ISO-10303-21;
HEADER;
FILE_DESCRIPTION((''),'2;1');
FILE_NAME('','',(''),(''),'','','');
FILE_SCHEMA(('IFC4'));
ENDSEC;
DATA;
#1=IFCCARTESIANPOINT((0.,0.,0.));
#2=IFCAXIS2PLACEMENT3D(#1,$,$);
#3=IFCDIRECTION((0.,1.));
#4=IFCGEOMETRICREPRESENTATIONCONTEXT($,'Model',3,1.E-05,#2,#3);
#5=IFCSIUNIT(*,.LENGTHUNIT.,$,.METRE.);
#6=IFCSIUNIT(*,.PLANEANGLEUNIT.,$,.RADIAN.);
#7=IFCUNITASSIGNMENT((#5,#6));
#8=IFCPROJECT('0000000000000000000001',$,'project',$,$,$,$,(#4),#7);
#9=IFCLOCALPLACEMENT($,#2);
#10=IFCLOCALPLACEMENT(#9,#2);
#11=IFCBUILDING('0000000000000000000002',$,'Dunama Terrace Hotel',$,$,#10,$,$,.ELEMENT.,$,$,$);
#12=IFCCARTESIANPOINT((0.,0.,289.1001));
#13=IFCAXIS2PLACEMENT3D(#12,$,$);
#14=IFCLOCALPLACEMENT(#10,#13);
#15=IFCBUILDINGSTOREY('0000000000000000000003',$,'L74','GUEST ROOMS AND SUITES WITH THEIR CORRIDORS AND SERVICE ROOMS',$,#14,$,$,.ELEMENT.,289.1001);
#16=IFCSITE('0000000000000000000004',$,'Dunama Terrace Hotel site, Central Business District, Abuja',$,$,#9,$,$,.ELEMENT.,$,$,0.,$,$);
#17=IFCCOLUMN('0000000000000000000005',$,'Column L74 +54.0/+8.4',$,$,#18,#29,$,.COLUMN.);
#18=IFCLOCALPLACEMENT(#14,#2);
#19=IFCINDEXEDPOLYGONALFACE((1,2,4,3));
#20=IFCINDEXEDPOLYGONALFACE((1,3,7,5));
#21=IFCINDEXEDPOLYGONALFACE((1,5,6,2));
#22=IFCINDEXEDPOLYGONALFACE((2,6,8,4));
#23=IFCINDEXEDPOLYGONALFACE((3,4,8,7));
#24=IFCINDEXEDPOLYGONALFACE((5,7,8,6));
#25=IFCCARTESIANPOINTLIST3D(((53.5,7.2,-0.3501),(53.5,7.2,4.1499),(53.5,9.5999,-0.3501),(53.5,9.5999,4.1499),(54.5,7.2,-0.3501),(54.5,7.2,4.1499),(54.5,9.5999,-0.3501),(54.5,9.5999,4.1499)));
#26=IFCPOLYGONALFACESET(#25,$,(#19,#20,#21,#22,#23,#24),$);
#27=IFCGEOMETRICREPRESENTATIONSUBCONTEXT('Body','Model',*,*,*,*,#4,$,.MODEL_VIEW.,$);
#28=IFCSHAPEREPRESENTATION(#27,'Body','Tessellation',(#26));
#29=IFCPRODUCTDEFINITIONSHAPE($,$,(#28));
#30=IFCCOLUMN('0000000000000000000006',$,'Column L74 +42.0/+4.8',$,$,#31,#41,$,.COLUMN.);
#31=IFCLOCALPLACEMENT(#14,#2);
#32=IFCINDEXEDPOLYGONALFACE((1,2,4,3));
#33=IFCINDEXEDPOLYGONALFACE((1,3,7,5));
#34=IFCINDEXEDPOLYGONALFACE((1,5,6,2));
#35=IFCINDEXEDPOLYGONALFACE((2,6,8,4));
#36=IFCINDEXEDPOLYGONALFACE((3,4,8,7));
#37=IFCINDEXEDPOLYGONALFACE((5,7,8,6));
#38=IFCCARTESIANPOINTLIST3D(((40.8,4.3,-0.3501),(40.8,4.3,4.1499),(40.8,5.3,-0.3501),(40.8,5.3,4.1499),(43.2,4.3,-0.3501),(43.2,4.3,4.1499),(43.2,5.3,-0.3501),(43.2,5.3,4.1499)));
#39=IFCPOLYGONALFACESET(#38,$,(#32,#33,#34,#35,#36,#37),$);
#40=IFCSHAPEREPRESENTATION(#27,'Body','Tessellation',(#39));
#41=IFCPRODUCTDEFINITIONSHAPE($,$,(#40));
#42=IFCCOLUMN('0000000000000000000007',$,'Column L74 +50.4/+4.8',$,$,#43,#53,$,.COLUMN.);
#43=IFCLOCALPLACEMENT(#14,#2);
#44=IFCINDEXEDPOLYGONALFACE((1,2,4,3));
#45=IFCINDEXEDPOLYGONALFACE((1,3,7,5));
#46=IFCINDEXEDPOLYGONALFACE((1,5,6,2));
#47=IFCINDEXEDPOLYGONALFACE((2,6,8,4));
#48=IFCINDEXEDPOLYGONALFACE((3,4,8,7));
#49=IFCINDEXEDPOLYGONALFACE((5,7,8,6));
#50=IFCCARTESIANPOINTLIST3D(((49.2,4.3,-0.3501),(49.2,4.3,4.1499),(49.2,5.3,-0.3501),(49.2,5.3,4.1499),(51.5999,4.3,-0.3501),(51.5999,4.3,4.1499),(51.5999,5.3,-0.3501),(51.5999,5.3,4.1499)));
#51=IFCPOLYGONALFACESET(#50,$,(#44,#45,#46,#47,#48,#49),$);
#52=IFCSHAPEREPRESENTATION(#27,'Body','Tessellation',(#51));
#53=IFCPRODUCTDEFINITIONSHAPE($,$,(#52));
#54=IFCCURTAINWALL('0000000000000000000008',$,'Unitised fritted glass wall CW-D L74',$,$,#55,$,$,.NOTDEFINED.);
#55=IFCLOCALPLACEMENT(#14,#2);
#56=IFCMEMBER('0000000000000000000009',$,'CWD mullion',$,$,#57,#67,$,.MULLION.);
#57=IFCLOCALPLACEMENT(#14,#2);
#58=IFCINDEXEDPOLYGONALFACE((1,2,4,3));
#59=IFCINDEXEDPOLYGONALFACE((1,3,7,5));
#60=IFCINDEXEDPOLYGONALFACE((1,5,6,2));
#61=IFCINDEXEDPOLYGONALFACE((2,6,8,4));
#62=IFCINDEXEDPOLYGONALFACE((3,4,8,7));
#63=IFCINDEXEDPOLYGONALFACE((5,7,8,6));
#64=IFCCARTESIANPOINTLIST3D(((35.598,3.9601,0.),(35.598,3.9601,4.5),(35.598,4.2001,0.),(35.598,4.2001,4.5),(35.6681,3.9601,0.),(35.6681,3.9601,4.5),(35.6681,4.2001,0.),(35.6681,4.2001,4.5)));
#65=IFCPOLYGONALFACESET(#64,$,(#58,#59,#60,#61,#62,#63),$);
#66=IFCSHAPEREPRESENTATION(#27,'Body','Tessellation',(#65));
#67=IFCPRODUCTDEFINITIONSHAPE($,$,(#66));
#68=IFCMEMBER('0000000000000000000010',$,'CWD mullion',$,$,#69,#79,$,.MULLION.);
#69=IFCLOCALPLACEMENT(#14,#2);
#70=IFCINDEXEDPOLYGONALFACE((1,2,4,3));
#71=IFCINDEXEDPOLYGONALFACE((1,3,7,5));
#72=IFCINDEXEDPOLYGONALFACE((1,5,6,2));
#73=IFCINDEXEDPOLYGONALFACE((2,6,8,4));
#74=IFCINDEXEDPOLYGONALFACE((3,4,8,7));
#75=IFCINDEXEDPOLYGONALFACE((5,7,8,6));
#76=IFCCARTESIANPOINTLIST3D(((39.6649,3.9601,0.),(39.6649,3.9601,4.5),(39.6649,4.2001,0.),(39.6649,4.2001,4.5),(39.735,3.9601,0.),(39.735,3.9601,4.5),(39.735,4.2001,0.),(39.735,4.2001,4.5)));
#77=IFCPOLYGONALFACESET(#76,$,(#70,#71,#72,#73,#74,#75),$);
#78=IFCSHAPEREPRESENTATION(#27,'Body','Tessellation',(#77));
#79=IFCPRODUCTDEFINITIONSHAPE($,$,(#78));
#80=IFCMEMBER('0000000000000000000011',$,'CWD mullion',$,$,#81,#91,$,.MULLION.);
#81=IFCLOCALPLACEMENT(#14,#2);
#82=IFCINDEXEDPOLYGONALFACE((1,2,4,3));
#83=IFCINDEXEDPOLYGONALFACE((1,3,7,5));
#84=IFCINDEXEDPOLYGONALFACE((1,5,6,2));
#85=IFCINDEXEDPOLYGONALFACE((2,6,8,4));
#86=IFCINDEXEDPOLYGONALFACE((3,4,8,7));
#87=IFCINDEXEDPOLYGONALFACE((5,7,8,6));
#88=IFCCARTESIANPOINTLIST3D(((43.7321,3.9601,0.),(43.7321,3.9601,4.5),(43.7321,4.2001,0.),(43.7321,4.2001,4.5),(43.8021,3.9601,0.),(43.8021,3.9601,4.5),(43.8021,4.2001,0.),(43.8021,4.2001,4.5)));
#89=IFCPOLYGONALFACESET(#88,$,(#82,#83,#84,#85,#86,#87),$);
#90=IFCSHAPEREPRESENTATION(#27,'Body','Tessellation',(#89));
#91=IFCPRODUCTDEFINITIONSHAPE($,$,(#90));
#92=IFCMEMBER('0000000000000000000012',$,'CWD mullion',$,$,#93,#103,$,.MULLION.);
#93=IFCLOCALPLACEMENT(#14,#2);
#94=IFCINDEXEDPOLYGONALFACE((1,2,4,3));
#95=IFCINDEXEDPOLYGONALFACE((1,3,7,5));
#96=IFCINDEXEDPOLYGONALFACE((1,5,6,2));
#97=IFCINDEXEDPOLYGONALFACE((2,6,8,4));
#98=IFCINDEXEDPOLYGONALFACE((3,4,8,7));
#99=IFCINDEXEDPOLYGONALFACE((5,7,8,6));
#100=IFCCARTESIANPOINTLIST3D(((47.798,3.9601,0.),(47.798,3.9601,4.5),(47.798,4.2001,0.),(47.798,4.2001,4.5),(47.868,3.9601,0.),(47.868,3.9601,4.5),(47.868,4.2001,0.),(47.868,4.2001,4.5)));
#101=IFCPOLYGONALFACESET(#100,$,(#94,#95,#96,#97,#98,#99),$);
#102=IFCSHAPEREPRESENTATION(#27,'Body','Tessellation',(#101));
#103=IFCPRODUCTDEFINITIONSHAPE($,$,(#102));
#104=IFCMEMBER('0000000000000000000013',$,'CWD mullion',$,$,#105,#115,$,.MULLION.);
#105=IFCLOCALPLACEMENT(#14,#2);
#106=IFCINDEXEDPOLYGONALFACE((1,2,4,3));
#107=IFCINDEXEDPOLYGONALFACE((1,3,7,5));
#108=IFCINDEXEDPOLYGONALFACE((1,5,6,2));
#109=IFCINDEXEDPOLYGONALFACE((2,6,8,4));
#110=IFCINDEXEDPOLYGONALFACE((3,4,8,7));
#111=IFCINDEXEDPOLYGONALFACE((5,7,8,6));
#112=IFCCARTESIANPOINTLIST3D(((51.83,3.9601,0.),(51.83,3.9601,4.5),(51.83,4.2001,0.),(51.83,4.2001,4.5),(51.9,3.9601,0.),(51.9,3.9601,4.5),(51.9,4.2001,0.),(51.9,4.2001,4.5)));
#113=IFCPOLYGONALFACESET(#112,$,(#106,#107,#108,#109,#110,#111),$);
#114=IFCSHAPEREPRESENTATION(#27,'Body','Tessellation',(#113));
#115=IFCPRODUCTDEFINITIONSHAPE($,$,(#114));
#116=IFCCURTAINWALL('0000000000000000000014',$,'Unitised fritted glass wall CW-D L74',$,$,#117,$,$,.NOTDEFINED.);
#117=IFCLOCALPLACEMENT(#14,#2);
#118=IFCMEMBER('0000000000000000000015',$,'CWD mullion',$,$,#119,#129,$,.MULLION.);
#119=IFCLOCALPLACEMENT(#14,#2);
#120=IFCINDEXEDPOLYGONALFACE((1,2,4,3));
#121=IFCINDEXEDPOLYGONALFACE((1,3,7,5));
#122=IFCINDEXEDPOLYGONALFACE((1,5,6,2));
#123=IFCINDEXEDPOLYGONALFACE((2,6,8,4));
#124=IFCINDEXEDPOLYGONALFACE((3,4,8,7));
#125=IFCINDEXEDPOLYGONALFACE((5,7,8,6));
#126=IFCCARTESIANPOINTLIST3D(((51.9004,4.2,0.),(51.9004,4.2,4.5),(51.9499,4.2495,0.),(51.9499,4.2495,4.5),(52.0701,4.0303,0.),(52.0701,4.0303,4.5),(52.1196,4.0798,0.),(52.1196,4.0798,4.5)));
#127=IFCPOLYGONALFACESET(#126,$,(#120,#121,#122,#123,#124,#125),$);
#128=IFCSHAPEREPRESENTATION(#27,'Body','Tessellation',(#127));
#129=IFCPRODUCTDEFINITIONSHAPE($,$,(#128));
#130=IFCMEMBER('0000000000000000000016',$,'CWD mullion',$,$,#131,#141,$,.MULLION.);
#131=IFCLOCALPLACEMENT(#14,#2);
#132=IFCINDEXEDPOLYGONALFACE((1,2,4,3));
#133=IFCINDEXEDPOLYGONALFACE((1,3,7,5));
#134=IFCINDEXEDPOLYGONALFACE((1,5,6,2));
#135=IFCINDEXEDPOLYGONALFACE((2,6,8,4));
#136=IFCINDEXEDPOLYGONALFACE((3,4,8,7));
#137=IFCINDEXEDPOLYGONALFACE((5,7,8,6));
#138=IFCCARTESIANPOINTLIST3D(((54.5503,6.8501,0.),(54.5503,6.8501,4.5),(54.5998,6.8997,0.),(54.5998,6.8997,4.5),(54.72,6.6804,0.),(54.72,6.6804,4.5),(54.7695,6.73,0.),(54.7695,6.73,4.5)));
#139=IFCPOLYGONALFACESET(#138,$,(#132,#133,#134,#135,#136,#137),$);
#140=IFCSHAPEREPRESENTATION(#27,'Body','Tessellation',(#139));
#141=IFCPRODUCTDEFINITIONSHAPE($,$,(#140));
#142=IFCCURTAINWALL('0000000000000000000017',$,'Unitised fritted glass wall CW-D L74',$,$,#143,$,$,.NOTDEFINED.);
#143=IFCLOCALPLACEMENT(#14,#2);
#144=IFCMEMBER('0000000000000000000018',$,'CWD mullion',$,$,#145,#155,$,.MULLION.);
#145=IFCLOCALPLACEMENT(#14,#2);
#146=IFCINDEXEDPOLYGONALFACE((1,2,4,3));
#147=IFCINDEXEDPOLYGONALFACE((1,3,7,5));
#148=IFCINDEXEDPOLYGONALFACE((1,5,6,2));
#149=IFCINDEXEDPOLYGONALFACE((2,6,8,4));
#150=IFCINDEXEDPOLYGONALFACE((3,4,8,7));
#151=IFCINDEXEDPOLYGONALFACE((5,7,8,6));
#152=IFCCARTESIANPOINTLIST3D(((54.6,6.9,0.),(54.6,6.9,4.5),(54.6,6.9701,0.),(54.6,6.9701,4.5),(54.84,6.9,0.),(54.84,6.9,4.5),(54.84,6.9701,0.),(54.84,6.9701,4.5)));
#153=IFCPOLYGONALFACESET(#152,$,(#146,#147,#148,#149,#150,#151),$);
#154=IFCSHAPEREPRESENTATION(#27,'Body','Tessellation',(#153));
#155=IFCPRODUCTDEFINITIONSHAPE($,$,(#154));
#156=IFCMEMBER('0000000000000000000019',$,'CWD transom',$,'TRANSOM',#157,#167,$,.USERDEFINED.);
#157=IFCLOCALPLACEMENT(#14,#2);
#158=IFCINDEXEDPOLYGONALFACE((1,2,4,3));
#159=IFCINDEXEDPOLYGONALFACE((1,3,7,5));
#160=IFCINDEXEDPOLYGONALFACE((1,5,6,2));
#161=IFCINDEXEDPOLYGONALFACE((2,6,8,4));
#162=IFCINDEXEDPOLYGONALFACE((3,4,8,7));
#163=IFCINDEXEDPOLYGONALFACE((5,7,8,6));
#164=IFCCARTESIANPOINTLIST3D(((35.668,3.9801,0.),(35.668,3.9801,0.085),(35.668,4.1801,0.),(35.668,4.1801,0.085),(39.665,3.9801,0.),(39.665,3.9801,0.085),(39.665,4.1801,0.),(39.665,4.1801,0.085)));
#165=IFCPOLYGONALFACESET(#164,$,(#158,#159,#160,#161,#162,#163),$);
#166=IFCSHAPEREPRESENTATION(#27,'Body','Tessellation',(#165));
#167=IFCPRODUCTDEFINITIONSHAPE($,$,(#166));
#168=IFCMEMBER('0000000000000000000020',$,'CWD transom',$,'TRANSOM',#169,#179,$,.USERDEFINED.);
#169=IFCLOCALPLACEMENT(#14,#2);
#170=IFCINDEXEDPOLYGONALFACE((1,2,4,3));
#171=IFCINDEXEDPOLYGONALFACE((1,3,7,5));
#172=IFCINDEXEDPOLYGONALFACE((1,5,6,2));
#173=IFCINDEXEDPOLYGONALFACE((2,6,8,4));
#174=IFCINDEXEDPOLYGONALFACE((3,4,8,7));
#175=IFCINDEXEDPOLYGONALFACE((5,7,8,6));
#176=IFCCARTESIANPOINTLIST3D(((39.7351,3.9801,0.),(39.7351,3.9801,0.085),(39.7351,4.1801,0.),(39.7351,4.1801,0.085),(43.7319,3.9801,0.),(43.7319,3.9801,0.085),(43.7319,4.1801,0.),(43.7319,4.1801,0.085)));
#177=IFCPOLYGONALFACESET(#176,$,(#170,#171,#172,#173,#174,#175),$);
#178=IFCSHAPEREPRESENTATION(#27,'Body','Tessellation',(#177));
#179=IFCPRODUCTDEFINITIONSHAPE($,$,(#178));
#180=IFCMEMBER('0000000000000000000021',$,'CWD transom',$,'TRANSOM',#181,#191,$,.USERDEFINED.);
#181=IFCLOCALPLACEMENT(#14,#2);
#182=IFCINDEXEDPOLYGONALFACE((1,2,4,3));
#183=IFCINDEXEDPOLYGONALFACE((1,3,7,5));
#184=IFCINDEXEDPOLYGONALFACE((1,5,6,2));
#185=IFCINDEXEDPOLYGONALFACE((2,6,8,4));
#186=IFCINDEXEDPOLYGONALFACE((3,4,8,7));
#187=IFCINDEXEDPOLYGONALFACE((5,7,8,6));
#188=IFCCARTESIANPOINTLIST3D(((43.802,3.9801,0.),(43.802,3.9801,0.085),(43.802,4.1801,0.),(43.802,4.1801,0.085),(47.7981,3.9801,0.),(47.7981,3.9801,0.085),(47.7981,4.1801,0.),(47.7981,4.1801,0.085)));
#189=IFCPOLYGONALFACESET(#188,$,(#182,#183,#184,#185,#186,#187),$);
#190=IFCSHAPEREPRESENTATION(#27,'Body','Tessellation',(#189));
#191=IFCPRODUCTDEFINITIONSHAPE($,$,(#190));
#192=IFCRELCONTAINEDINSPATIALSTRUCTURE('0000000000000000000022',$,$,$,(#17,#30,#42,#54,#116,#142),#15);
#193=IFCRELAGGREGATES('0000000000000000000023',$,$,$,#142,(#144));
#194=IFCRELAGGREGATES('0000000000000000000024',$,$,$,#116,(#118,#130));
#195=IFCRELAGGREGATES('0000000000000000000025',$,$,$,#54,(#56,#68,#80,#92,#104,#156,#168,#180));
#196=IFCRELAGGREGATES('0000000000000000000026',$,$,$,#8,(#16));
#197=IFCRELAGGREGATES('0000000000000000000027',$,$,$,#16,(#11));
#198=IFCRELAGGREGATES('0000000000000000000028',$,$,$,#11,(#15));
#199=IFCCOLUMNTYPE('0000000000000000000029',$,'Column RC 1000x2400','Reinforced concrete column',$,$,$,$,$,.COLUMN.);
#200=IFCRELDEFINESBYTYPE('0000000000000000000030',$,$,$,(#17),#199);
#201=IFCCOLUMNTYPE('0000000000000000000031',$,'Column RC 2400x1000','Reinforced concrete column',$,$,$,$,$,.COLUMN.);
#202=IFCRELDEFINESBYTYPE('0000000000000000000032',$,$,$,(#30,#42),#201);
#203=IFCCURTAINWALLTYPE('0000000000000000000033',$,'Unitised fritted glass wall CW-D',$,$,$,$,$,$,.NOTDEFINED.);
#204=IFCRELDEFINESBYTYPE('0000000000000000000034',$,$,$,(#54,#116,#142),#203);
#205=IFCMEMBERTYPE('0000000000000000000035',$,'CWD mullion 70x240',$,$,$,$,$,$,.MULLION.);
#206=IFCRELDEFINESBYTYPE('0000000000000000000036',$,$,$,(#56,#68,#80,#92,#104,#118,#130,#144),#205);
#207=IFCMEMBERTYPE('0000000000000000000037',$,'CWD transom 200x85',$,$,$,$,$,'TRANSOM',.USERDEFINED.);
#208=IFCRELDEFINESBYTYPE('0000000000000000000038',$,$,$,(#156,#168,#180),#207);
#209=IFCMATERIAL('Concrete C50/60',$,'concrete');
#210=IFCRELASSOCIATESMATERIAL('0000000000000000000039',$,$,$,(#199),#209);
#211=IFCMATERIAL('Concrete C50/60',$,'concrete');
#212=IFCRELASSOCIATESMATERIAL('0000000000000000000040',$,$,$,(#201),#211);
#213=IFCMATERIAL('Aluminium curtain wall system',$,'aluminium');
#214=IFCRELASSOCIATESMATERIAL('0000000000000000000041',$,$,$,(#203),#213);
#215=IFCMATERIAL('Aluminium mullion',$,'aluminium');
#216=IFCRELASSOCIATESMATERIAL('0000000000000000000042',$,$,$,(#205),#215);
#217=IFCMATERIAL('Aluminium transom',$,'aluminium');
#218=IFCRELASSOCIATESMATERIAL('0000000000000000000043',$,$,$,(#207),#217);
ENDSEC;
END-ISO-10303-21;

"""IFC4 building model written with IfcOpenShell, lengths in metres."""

from ifc_helpers import new_model, si_unit, direction, frame, origin, origin_2d, place, context, subcontext, project, spatial, rectangle, extrude, material, material_profile, profile_set, type_object, element, aggregate, save


model = new_model("IFC4")

# Units and contexts
model_context = context("Model", 3, precision=1e-05, world=origin(), true_north=direction((0.0, 1.0)))
body_context = subcontext(model_context, "Body", "Model", "MODEL_VIEW")
ifc_project = project(units=[si_unit("LENGTHUNIT", "METRE"), si_unit("PLANEANGLEUNIT", "RADIAN")], contexts=[model_context])

# Site, building, storey
site_placement = place(None, origin())
site = spatial("IfcSite", under=ifc_project, at=site_placement, Name="Dunama Terrace Hotel site, Central Business District, Abuja", CompositionType="ELEMENT", RefElevation=0.0)
building_placement = place(site_placement, origin())
building = spatial("IfcBuilding", under=site, at=building_placement, Name="Dunama Terrace Hotel", CompositionType="ELEMENT")
storey_placement = place(building_placement, frame((0.0, 0.0, 289.1001)))
storey = spatial("IfcBuildingStorey", under=building, at=storey_placement, Name="L74", Description="GUEST ROOMS AND SUITES WITH THEIR CORRIDORS AND SERVICE ROOMS", CompositionType="ELEMENT", Elevation=289.1001)

# Columns
ifc_material_1 = material(Name="Concrete C50/60", Category="concrete")
ifc_material_profile_1 = material_profile(ifc_material_1, rectangle(XDim=1.0, YDim=2.3999, at=origin_2d()), Name="RC 1000x2400")
ifc_profile_set_1 = profile_set([ifc_material_profile_1], Name="Concrete C50/60")
column_type_1 = type_object("IfcColumnType", Name="Column RC 1000x2400", Description="Reinforced concrete column", PredefinedType="COLUMN", material=ifc_profile_set_1)
column_placement = place(storey_placement, frame((54.0, 8.3999, -0.3501), z_axis=(0.0, 0.0, 1.0), x_axis=(1.0, 0.0, 0.0)))
element("IfcColumn", 1, at=column_placement, inside=storey, type_object=column_type_1, Name="Column L74 +54.0/+8.4", PredefinedType="COLUMN", context=body_context, shape_type="SweptSolid", body=[
    extrude(rectangle(XDim=1.0, YDim=2.3999, at=origin_2d()), origin(), (0.0, 0.0, 1.0), 4.5),
])
ifc_material_2 = material(Name="Concrete C50/60", Category="concrete")
ifc_material_profile_2 = material_profile(ifc_material_2, rectangle(XDim=2.3999, YDim=1.0, at=origin_2d()), Name="RC 2400x1000")
ifc_profile_set_2 = profile_set([ifc_material_profile_2], Name="Concrete C50/60")
column_type_2 = type_object("IfcColumnType", Name="Column RC 2400x1000", Description="Reinforced concrete column", PredefinedType="COLUMN", material=ifc_profile_set_2)
for number, where, z_axis, x_axis, name in (
    (2, (42.0, 4.8, -0.3501), (0.0, 0.0, 1.0), (1.0, 0.0, 0.0), "Column L74 +42.0/+4.8"),
    (3, (50.3999, 4.8, -0.3501), (0.0, 0.0, 1.0), (1.0, 0.0, 0.0), "Column L74 +50.4/+4.8"),
):
    element("IfcColumn", number, at=place(storey_placement, frame(where, z_axis=z_axis, x_axis=x_axis)), inside=storey, type_object=column_type_2, Name=name, PredefinedType="COLUMN", context=body_context, shape_type="SweptSolid", body=[
        extrude(rectangle(XDim=2.3999, YDim=1.0, at=origin_2d()), origin(), (0.0, 0.0, 1.0), 4.5),
    ])

# Curtain walls, members
ifc_material_3 = material(Name="Aluminium curtain wall system", Category="aluminium")
curtain_wall_type = type_object("IfcCurtainWallType", Name="Unitised fritted glass wall CW-D", PredefinedType="NOTDEFINED", material=ifc_material_3)
curtain_wall_1_placement = place(storey_placement, origin())
curtain_wall_1 = element("IfcCurtainWall", 4, at=curtain_wall_1_placement, inside=storey, type_object=curtain_wall_type, Name="Unitised fritted glass wall CW-D L74", PredefinedType="NOTDEFINED")
ifc_material_4 = material(Name="Aluminium mullion", Category="aluminium")
ifc_material_profile_3 = material_profile(ifc_material_4, rectangle(XDim=0.0701, YDim=0.24, at=origin_2d()), Name="CWD MULLION 70X240")
ifc_profile_set_3 = profile_set([ifc_material_profile_3], Name="Aluminium mullion")
member_type_1 = type_object("IfcMemberType", Name="CWD mullion 70x240", PredefinedType="MULLION", material=ifc_profile_set_3)
member_1_placement = place(storey_placement, frame((35.6331, 4.0801, 0.0), z_axis=(0.0, 0.0, 1.0), x_axis=(1.0, 0.0, 0.0)))
member_1 = element("IfcMember", 5, at=member_1_placement, type_object=member_type_1, Name="CWD mullion", PredefinedType="MULLION", context=body_context, shape_type="SweptSolid", body=[
    extrude(rectangle(XDim=0.0701, YDim=0.24, at=origin_2d()), origin(), (0.0, 0.0, 1.0), 4.5),
])
member_2_placement = place(storey_placement, frame((39.7, 4.0801, 0.0), z_axis=(0.0, 0.0, 1.0), x_axis=(1.0, 0.0, 0.0)))
member_2 = element("IfcMember", 6, at=member_2_placement, type_object=member_type_1, Name="CWD mullion", PredefinedType="MULLION", context=body_context, shape_type="SweptSolid", body=[
    extrude(rectangle(XDim=0.0701, YDim=0.24, at=origin_2d()), origin(), (0.0, 0.0, 1.0), 4.5),
])
member_3_placement = place(storey_placement, frame((43.7671, 4.0801, 0.0), z_axis=(0.0, 0.0, 1.0), x_axis=(1.0, 0.0, 0.0)))
member_3 = element("IfcMember", 7, at=member_3_placement, type_object=member_type_1, Name="CWD mullion", PredefinedType="MULLION", context=body_context, shape_type="SweptSolid", body=[
    extrude(rectangle(XDim=0.0701, YDim=0.24, at=origin_2d()), origin(), (0.0, 0.0, 1.0), 4.5),
])
member_4_placement = place(storey_placement, frame((47.833, 4.0801, 0.0), z_axis=(0.0, 0.0, 1.0), x_axis=(1.0, 0.0, 0.0)))
member_4 = element("IfcMember", 8, at=member_4_placement, type_object=member_type_1, Name="CWD mullion", PredefinedType="MULLION", context=body_context, shape_type="SweptSolid", body=[
    extrude(rectangle(XDim=0.0701, YDim=0.24, at=origin_2d()), origin(), (0.0, 0.0, 1.0), 4.5),
])
member_5_placement = place(storey_placement, frame((51.865, 4.0801, 0.0), z_axis=(0.0, 0.0, 1.0), x_axis=(1.0, 0.0, 0.0)))
member_5 = element("IfcMember", 9, at=member_5_placement, type_object=member_type_1, Name="CWD mullion", PredefinedType="MULLION", context=body_context, shape_type="SweptSolid", body=[
    extrude(rectangle(XDim=0.0701, YDim=0.24, at=origin_2d()), origin(), (0.0, 0.0, 1.0), 4.5),
])
curtain_wall_2_placement = place(storey_placement, origin())
curtain_wall_2 = element("IfcCurtainWall", 10, at=curtain_wall_2_placement, inside=storey, type_object=curtain_wall_type, Name="Unitised fritted glass wall CW-D L74", PredefinedType="NOTDEFINED")
member_6_placement = place(storey_placement, frame((52.01, 4.1399, 0.0), z_axis=(0.0, 0.0, 1.0), x_axis=(0.707107, 0.707107, 0.0)))
member_6 = element("IfcMember", 11, at=member_6_placement, type_object=member_type_1, Name="CWD mullion", PredefinedType="MULLION", context=body_context, shape_type="SweptSolid", body=[
    extrude(rectangle(XDim=0.0701, YDim=0.24, at=origin_2d()), origin(), (0.0, 0.0, 1.0), 4.5),
])
member_7_placement = place(storey_placement, frame((54.6599, 6.79, 0.0), z_axis=(0.0, 0.0, 1.0), x_axis=(0.707107, 0.707107, 0.0)))
member_7 = element("IfcMember", 12, at=member_7_placement, type_object=member_type_1, Name="CWD mullion", PredefinedType="MULLION", context=body_context, shape_type="SweptSolid", body=[
    extrude(rectangle(XDim=0.0701, YDim=0.24, at=origin_2d()), origin(), (0.0, 0.0, 1.0), 4.5),
])

# Curtain wall, member
curtain_wall_3_placement = place(storey_placement, origin())
curtain_wall_3 = element("IfcCurtainWall", 13, at=curtain_wall_3_placement, inside=storey, type_object=curtain_wall_type, Name="Unitised fritted glass wall CW-D L74", PredefinedType="NOTDEFINED")
member_8_placement = place(storey_placement, frame((54.72, 6.9351, 0.0), z_axis=(0.0, 0.0, 1.0), x_axis=(0.0, 1.0, 0.0)))
member_8 = element("IfcMember", 14, at=member_8_placement, type_object=member_type_1, Name="CWD mullion", PredefinedType="MULLION", context=body_context, shape_type="SweptSolid", body=[
    extrude(rectangle(XDim=0.0701, YDim=0.24, at=origin_2d()), origin(), (0.0, 0.0, 1.0), 4.5),
])

# Members
ifc_material_5 = material(Name="Aluminium transom", Category="aluminium")
ifc_material_profile_4 = material_profile(ifc_material_5, rectangle(XDim=0.2, YDim=0.085, at=origin_2d()), Name="CWD TRANSOM 200X85")
ifc_profile_set_4 = profile_set([ifc_material_profile_4], Name="Aluminium transom")
member_type_2 = type_object("IfcMemberType", Name="CWD transom 200x85", ElementType="TRANSOM", PredefinedType="USERDEFINED", material=ifc_profile_set_4)
member_9_placement = place(storey_placement, frame((35.668, 4.0801, 0.0425), z_axis=(1.0, 0.0, 0.0), x_axis=(0.0, 1.0, 0.0)))
member_9 = element("IfcMember", 15, at=member_9_placement, type_object=member_type_2, Name="CWD transom", ObjectType="TRANSOM", PredefinedType="USERDEFINED", context=body_context, shape_type="SweptSolid", body=[
    extrude(rectangle(XDim=0.2, YDim=0.085, at=origin_2d()), origin(), (0.0, 0.0, 1.0), 3.9971),
])
member_10_placement = place(storey_placement, frame((39.7351, 4.0801, 0.0425), z_axis=(1.0, 0.0, 0.0), x_axis=(0.0, 1.0, 0.0)))
member_10 = element("IfcMember", 16, at=member_10_placement, type_object=member_type_2, Name="CWD transom", ObjectType="TRANSOM", PredefinedType="USERDEFINED", context=body_context, shape_type="SweptSolid", body=[
    extrude(rectangle(XDim=0.2, YDim=0.085, at=origin_2d()), origin(), (0.0, 0.0, 1.0), 3.9968),
])
member_11_placement = place(storey_placement, frame((43.802, 4.0801, 0.0425), z_axis=(1.0, 0.0, 0.0), x_axis=(0.0, 1.0, 0.0)))
member_11 = element("IfcMember", 17, at=member_11_placement, type_object=member_type_2, Name="CWD transom", ObjectType="TRANSOM", PredefinedType="USERDEFINED", context=body_context, shape_type="SweptSolid", body=[
    extrude(rectangle(XDim=0.2, YDim=0.085, at=origin_2d()), origin(), (0.0, 0.0, 1.0), 3.9961),
])
aggregate(curtain_wall_3, [member_8])

aggregate(curtain_wall_2, [member_6, member_7])
aggregate(curtain_wall_1, [member_1, member_2, member_3, member_4, member_5, member_9, member_10, member_11])

save(model, "model.ifc")
